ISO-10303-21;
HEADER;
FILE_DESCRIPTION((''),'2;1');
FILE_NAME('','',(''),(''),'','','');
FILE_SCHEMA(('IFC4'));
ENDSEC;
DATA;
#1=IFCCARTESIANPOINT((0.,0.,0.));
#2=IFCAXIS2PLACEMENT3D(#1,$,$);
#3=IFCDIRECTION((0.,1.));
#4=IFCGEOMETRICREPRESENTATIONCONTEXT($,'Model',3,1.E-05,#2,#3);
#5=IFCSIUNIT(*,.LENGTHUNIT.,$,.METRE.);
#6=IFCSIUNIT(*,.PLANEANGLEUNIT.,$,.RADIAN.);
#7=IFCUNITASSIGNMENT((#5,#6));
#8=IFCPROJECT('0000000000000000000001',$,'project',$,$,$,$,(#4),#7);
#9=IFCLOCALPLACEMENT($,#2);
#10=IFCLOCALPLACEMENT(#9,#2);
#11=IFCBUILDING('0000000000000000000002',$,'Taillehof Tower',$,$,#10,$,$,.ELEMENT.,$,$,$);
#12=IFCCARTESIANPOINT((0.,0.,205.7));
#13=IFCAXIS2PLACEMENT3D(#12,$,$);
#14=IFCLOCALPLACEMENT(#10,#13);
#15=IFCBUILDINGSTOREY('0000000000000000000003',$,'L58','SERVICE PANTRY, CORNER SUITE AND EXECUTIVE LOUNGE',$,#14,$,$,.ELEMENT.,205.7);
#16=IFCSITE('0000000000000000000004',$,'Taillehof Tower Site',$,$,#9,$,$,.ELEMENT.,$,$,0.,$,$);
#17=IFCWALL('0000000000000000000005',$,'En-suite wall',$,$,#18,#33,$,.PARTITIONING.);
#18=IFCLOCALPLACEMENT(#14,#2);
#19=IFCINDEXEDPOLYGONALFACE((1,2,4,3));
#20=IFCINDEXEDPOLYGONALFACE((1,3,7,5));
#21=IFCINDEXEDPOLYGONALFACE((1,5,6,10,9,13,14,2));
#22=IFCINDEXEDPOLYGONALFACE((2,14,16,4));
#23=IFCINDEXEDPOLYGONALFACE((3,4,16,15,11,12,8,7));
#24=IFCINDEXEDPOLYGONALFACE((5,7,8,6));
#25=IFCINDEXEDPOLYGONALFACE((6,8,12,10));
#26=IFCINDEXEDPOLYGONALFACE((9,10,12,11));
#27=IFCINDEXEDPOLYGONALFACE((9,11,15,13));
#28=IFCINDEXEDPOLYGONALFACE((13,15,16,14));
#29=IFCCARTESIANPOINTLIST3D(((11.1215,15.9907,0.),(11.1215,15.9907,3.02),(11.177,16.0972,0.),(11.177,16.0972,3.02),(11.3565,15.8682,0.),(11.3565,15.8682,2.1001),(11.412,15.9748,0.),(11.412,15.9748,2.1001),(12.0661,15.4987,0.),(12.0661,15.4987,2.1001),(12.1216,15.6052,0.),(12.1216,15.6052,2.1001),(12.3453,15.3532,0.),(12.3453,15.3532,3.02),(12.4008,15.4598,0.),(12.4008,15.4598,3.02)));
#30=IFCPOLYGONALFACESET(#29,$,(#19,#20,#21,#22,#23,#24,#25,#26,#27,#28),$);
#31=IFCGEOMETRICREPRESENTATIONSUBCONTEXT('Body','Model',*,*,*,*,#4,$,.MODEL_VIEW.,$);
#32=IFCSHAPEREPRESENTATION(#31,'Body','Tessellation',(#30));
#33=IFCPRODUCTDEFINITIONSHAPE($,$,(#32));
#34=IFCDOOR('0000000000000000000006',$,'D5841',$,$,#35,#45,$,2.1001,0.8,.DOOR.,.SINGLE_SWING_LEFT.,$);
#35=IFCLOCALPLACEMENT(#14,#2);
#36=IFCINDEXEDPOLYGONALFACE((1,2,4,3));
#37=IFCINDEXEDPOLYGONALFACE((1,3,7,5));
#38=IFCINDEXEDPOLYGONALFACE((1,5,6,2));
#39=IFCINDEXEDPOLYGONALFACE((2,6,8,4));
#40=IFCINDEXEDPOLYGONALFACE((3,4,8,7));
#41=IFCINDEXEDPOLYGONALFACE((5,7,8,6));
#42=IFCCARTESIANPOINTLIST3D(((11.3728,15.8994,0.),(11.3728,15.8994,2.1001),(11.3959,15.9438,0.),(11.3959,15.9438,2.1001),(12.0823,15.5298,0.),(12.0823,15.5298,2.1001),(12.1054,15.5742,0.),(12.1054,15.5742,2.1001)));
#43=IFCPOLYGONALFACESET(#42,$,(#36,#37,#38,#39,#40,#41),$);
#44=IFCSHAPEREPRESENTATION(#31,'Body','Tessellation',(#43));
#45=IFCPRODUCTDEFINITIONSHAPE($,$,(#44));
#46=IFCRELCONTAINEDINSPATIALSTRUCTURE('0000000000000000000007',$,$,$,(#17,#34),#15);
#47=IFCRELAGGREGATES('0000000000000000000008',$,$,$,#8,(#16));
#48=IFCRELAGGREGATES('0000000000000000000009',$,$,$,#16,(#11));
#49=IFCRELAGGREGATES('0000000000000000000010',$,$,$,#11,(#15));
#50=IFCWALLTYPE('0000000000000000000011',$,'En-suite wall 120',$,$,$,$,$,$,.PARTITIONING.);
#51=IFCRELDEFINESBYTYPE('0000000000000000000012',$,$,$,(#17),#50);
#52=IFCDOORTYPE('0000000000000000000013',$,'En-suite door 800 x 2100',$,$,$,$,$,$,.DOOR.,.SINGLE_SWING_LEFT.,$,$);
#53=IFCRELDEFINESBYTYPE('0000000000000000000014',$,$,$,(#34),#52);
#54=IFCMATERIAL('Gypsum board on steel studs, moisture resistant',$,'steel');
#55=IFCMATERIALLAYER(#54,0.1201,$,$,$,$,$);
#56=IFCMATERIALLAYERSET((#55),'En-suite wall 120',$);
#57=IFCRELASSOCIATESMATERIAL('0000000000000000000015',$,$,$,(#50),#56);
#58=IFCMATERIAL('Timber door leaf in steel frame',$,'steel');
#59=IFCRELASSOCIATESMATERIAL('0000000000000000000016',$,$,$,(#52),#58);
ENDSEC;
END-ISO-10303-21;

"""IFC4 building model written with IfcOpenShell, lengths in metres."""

from ifc_helpers import new_model, si_unit, direction, frame, frame_2d, origin, place, context, subcontext, project, spatial, rectangle, extrude, material, layer, layer_set, type_object, element, fill, save


model = new_model("IFC4")

# Units and contexts
model_context = context("Model", 3, precision=1e-05, world=origin(), true_north=direction((0.0, 1.0)))
body_context = subcontext(model_context, "Body", "Model", "MODEL_VIEW")
ifc_project = project(units=[si_unit("LENGTHUNIT", "METRE"), si_unit("PLANEANGLEUNIT", "RADIAN")], contexts=[model_context])

# Site, building, storey
site_placement = place(None, origin())
site = spatial("IfcSite", under=ifc_project, at=site_placement, Name="Taillehof Tower Site", CompositionType="ELEMENT", RefElevation=0.0)
building_placement = place(site_placement, origin())
building = spatial("IfcBuilding", under=site, at=building_placement, Name="Taillehof Tower", CompositionType="ELEMENT")
storey_placement = place(building_placement, frame((0.0, 0.0, 205.7)))
storey = spatial("IfcBuildingStorey", under=building, at=storey_placement, Name="L58", Description="SERVICE PANTRY, CORNER SUITE AND EXECUTIVE LOUNGE", CompositionType="ELEMENT", Elevation=205.7)

# Shared definitions
ifc_material_1 = material(Name="Gypsum board on steel studs, moisture resistant", Category="steel")
ifc_layer_1 = layer(ifc_material_1, 0.1201)
ifc_layer_set_1 = layer_set([ifc_layer_1], Name="En-suite wall 120")
wall_type_1 = type_object("IfcWallType", Name="En-suite wall 120", PredefinedType="PARTITIONING", material=ifc_layer_set_1)

# Wall, opening, door
wall_1_placement = place(storey_placement, frame((12.373, 15.4065, 0.0), z_axis=(0.0, 0.0, 1.0), x_axis=(-0.88691, 0.461943, 0.0)))
wall_1 = element("IfcWall", 1, at=wall_1_placement, inside=storey, type_object=wall_type_1, Name="En-suite wall", PredefinedType="PARTITIONING", context=body_context, shape_type="SweptSolid", body=[
    extrude(rectangle(XDim=1.3799, YDim=0.1201, at=frame_2d((0.6899, 0.0))), origin(), (0.0, 0.0, 1.0), 3.02),
])
opening_1_placement = place(wall_1_placement, frame((0.3149, 0.0, 0.0)))
opening_1 = element("IfcOpeningElement", 2, at=opening_1_placement, cuts=wall_1, PredefinedType="OPENING", context=body_context, shape_type="SweptSolid", body=[
    extrude(rectangle(XDim=0.8, YDim=2.1001, at=frame_2d((0.3999, 1.05))), frame((0.0, 0.0701, 0.0), z_axis=(0.0, -1.0, 0.0), x_axis=(1.0, 0.0, 0.0)), (0.0, 0.0, 1.0), 0.1401),
])
ifc_material_2 = material(Name="Timber door leaf in steel frame", Category="steel")
door_type = type_object("IfcDoorType", Name="En-suite door 800 x 2100", OperationType="SINGLE_SWING_LEFT", PredefinedType="DOOR", material=ifc_material_2)
door_placement = place(opening_1_placement, origin())
door = element("IfcDoor", 3, at=door_placement, inside=storey, type_object=door_type, Name="D5841", OperationType="SINGLE_SWING_LEFT", OverallHeight=2.1001, OverallWidth=0.8, PredefinedType="DOOR", context=body_context, shape_type="SweptSolid", body=[
    extrude(rectangle(XDim=0.8, YDim=2.1001, at=frame_2d((0.3999, 1.05))), frame((0.0, 0.0249, 0.0), z_axis=(0.0, -1.0, 0.0), x_axis=(1.0, 0.0, 0.0)), (0.0, 0.0, 1.0), 0.05),
])
fill(opening_1, door)

save(model, "model.ifc")
